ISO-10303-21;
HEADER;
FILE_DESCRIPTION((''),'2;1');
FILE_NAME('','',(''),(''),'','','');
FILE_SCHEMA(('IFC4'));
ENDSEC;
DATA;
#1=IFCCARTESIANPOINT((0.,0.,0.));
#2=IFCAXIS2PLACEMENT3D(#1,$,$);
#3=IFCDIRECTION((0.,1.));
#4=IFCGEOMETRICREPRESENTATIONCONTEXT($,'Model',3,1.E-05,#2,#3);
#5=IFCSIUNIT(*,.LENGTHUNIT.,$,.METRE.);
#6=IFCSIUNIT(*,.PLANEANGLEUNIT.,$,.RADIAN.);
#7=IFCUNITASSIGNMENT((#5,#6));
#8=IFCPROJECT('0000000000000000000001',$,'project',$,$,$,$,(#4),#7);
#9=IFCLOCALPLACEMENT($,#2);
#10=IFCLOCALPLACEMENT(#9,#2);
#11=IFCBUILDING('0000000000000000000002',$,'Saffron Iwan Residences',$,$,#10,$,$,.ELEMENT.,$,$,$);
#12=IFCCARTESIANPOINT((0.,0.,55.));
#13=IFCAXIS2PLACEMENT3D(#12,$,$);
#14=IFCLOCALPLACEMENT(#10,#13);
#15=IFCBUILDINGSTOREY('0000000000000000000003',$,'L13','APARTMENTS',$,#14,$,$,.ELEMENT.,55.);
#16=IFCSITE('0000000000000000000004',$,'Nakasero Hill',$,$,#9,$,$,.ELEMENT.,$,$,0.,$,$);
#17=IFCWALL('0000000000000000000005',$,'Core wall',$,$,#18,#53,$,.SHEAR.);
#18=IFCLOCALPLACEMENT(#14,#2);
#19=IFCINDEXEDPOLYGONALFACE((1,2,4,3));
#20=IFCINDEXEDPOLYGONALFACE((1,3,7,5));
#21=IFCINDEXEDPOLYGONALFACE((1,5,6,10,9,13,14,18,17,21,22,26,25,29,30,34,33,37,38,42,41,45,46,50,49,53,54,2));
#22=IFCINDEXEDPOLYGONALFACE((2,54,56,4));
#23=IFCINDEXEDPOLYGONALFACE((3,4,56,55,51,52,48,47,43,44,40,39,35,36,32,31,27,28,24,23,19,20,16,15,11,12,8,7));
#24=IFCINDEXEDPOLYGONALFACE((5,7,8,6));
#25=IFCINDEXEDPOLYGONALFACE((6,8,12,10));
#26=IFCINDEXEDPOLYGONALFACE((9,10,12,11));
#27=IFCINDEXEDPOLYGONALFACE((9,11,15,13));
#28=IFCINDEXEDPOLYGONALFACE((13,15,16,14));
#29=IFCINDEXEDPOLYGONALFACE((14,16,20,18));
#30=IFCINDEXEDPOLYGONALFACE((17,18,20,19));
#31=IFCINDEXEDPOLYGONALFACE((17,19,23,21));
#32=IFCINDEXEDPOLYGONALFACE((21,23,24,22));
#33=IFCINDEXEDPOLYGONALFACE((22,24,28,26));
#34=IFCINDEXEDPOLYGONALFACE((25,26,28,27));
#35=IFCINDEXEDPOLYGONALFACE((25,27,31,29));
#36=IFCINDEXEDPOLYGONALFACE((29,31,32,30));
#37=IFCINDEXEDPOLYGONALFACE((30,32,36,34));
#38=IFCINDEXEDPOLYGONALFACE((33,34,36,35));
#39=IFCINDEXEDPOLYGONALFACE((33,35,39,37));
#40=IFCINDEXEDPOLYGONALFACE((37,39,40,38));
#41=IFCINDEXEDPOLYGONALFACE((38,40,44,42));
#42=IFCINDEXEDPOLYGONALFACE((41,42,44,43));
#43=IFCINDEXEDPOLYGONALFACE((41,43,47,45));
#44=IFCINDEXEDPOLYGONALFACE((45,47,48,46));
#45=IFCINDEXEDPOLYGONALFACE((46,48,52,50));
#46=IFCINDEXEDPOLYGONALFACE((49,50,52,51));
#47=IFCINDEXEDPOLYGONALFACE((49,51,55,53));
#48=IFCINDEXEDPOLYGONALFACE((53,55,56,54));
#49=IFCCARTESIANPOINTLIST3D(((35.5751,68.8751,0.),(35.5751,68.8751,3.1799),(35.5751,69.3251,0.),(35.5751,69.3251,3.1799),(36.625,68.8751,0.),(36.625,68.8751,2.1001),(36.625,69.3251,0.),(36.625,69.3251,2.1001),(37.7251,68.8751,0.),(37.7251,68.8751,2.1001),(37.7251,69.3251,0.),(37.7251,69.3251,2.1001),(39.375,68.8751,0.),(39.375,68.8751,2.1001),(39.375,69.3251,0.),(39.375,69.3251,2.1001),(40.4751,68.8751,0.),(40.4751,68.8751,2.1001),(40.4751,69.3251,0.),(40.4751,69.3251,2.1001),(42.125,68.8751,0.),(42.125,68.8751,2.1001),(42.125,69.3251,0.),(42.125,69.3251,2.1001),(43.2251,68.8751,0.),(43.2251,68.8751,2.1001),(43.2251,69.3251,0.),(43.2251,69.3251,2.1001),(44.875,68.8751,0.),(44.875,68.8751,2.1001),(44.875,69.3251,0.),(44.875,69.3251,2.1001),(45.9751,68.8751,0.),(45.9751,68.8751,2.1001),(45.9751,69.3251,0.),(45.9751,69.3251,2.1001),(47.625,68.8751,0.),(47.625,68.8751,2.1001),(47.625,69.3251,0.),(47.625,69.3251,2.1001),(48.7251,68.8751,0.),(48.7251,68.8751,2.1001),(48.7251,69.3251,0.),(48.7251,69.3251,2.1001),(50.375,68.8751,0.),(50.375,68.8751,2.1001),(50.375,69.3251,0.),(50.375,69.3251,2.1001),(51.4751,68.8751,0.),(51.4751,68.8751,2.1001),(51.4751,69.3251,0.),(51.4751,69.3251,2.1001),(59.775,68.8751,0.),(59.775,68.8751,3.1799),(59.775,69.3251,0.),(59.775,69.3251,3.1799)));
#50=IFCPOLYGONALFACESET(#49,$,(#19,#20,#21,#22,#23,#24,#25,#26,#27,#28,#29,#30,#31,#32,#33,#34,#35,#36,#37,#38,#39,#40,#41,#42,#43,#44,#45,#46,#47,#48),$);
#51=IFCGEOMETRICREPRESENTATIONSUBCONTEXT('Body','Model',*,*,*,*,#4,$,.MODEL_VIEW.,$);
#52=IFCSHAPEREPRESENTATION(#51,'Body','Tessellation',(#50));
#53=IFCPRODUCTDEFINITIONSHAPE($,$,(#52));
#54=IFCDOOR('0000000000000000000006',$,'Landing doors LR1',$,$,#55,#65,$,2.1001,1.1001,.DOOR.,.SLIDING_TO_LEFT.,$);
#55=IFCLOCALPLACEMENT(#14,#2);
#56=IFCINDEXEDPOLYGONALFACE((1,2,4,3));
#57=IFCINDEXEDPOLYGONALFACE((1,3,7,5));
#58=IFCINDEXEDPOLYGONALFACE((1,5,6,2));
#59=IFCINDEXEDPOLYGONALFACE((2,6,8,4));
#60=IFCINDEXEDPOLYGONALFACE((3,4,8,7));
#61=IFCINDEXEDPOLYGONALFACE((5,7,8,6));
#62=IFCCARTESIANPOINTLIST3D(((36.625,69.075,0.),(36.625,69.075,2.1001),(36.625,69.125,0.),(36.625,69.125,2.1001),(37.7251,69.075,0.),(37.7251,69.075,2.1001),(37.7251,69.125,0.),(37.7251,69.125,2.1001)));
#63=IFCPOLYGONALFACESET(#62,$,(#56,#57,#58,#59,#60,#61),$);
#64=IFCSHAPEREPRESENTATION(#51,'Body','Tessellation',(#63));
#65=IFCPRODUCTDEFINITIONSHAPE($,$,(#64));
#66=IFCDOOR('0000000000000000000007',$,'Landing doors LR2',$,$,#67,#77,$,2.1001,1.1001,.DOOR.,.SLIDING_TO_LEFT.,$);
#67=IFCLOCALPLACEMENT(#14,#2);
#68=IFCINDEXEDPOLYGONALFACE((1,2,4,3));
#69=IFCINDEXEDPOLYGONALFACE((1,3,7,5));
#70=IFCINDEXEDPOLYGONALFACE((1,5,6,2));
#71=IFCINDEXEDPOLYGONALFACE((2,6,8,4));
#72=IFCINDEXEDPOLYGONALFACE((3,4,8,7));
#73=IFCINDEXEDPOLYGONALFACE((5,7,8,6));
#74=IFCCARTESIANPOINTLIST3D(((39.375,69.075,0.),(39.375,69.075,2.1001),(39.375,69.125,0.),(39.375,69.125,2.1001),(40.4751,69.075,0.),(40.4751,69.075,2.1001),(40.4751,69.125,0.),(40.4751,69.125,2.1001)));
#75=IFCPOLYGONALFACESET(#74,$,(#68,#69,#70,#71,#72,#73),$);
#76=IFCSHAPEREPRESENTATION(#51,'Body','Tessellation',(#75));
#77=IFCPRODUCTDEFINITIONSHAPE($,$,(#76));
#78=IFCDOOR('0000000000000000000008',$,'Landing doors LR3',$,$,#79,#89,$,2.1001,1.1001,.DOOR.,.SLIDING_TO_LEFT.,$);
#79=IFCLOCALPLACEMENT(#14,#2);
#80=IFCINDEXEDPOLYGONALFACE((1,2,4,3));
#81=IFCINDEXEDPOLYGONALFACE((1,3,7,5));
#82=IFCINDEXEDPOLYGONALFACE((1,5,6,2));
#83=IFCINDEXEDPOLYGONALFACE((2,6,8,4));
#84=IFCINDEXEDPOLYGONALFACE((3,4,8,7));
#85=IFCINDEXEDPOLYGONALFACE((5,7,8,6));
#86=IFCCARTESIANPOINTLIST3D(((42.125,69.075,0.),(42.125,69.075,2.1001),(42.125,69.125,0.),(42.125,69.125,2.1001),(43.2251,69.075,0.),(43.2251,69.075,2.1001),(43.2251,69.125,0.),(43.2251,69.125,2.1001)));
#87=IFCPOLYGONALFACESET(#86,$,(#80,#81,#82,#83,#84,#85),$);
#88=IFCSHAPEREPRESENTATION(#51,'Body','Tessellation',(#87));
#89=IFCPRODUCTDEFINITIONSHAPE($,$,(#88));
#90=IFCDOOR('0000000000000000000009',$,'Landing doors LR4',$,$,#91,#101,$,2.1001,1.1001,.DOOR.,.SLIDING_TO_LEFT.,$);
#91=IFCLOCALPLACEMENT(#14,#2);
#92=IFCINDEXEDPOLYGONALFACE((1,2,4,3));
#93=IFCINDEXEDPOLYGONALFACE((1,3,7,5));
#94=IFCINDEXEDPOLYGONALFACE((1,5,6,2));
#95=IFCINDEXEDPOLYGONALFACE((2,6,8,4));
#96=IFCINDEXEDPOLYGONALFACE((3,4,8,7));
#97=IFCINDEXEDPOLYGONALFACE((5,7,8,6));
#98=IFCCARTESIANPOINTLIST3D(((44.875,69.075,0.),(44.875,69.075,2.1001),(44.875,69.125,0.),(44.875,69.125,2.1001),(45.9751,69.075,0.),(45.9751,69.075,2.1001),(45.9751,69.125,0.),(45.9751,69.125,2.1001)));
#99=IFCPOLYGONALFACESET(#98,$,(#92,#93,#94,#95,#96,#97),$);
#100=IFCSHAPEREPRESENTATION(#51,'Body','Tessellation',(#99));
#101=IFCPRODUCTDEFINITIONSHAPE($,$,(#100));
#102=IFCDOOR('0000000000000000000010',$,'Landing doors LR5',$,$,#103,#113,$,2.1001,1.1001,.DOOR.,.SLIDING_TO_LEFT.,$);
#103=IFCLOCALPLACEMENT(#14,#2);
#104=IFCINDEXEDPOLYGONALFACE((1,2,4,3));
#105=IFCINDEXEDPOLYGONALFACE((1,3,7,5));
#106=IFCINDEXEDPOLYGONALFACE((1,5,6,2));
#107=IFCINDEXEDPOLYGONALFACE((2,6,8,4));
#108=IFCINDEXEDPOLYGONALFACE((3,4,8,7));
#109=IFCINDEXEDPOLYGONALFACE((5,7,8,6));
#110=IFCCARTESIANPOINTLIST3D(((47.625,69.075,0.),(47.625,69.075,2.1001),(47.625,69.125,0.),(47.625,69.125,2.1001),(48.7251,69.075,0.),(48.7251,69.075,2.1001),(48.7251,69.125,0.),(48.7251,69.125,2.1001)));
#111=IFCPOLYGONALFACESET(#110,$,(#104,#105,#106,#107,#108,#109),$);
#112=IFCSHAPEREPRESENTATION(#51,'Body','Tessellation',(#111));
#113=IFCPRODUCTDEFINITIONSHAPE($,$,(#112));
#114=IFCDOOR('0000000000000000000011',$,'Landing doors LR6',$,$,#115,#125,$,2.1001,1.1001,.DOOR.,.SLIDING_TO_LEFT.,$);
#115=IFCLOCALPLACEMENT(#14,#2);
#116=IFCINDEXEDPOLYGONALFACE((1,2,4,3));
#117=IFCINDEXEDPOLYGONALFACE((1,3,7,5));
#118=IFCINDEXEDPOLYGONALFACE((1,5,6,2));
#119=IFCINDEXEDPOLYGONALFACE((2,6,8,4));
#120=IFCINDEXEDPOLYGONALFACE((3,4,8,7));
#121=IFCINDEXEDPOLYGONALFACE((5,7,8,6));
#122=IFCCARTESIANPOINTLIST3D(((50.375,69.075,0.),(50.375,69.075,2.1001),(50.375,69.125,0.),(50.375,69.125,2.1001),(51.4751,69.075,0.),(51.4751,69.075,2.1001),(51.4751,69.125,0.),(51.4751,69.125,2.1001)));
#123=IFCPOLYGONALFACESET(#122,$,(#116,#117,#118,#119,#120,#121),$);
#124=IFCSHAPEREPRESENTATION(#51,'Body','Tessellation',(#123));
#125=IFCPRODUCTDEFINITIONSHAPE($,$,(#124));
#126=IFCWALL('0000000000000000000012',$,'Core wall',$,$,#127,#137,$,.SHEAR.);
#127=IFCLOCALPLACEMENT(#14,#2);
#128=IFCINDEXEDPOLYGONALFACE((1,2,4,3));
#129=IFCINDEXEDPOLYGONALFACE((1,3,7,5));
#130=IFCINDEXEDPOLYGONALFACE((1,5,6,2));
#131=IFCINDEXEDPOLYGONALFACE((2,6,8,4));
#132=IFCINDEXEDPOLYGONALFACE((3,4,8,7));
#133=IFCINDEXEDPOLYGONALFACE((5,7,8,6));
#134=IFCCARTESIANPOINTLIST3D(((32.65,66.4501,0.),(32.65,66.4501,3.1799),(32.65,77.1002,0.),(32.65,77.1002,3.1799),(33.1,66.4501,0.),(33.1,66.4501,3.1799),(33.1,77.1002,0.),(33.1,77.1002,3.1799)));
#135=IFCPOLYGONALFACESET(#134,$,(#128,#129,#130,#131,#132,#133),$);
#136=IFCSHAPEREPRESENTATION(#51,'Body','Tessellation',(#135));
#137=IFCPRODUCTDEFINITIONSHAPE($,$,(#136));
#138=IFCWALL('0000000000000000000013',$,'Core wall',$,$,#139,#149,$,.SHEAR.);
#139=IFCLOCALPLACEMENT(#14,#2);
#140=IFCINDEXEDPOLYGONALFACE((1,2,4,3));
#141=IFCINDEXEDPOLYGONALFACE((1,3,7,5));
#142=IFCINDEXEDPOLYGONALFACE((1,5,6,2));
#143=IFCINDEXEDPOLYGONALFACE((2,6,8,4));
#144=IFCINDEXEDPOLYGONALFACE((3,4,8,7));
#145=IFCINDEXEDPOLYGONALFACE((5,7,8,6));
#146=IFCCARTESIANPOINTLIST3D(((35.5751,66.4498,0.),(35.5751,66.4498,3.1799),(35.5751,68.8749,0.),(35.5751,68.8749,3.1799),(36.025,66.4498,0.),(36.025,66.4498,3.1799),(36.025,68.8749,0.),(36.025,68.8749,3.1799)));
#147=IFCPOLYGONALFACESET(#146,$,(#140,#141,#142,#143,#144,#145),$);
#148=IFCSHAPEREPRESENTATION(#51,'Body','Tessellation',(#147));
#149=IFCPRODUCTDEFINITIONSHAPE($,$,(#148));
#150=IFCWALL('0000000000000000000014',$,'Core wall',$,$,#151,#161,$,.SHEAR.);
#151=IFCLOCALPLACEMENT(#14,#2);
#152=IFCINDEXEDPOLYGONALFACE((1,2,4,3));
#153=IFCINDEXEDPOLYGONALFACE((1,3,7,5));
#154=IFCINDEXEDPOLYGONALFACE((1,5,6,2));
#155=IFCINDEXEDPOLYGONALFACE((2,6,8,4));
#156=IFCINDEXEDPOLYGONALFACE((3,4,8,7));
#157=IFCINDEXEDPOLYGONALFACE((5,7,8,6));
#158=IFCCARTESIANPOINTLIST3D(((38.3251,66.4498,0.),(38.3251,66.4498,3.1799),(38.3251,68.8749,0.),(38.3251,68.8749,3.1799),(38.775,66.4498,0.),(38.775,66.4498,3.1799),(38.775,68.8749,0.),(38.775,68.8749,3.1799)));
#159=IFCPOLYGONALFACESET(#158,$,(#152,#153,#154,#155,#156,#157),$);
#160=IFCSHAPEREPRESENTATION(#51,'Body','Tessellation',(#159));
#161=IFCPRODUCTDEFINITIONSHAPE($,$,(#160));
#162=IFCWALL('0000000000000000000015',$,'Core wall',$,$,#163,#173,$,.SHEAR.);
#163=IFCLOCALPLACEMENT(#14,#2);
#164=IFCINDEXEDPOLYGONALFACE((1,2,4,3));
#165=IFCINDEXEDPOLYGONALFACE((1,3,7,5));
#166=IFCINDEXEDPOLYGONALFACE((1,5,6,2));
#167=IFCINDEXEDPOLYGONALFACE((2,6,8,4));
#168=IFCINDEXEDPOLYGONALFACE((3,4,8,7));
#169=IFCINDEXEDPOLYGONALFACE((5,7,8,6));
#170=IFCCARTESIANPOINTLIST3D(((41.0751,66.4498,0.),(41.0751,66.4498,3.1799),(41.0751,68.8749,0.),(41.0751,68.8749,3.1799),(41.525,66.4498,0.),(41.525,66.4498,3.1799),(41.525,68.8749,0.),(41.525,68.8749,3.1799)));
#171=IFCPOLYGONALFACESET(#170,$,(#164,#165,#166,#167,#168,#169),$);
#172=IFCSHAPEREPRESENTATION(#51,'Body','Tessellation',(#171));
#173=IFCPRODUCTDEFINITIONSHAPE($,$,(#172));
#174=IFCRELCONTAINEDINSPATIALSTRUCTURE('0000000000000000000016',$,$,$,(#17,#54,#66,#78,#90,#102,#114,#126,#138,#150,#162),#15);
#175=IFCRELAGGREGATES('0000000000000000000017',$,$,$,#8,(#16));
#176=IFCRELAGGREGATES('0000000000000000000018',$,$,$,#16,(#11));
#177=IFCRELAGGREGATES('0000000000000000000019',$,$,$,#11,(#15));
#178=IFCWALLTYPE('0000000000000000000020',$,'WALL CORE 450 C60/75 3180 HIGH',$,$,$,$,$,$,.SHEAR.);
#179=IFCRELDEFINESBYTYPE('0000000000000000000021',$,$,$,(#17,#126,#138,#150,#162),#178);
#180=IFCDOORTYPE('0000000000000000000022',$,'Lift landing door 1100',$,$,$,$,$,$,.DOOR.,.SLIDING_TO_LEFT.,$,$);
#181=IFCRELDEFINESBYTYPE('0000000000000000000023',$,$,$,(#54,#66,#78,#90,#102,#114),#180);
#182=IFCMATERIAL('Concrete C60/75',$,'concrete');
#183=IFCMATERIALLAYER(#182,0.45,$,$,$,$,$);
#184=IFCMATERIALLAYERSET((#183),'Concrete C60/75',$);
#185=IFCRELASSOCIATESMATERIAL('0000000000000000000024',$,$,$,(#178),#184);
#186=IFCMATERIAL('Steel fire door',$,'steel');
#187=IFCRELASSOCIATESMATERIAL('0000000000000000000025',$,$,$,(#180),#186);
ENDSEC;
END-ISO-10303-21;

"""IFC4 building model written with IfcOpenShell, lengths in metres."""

from ifc_helpers import new_model, si_unit, direction, frame, frame_2d, origin, place, context, subcontext, project, spatial, rectangle, extrude, material, layer, layer_set, type_object, element, fill, save


model = new_model("IFC4")

# Units and contexts
model_context = context("Model", 3, precision=1e-05, world=origin(), true_north=direction((0.0, 1.0)))
body_context = subcontext(model_context, "Body", "Model", "MODEL_VIEW")
ifc_project = project(units=[si_unit("LENGTHUNIT", "METRE"), si_unit("PLANEANGLEUNIT", "RADIAN")], contexts=[model_context])

# Site, building, storey
site_placement = place(None, origin())
site = spatial("IfcSite", under=ifc_project, at=site_placement, Name="Nakasero Hill", CompositionType="ELEMENT", RefElevation=0.0)
building_placement = place(site_placement, origin())
building = spatial("IfcBuilding", under=site, at=building_placement, Name="Saffron Iwan Residences", CompositionType="ELEMENT")
storey_placement = place(building_placement, frame((0.0, 0.0, 55.0)))
storey = spatial("IfcBuildingStorey", under=building, at=storey_placement, Name="L13", Description="APARTMENTS", CompositionType="ELEMENT", Elevation=55.0)

# Wall, openings, doors
ifc_material_1 = material(Name="Concrete C60/75", Category="concrete")
ifc_layer_1 = layer(ifc_material_1, 0.45)
ifc_layer_set_1 = layer_set([ifc_layer_1], Name="Concrete C60/75")
wall_type_1 = type_object("IfcWallType", Name="WALL CORE 450 C60/75 3180 HIGH", PredefinedType="SHEAR", material=ifc_layer_set_1)
ifc_material_2 = material(Name="Steel fire door", Category="steel")
wall_1_placement = place(storey_placement, frame((35.575, 69.1001, 0.0), z_axis=(0.0, 0.0, 1.0), x_axis=(1.0, 0.0, 0.0)))
wall_1 = element("IfcWall", 1, at=wall_1_placement, inside=storey, type_object=wall_type_1, Name="Core wall", PredefinedType="SHEAR", context=body_context, shape_type="SweptSolid", body=[
    extrude(rectangle(XDim=24.2, YDim=0.45, at=frame_2d((12.1001, 0.0))), origin(), (0.0, 0.0, 1.0), 3.1799),
])
opening_1_placement = place(wall_1_placement, frame((1.05, 0.0, 0.0)))
opening_1 = element("IfcOpeningElement", 2, at=opening_1_placement, cuts=wall_1, PredefinedType="OPENING", context=body_context, shape_type="SweptSolid", body=[
    extrude(rectangle(XDim=1.1001, YDim=2.1001, at=frame_2d((0.55, 1.05))), frame((0.0, 0.2349, 0.0), z_axis=(0.0, -1.0, 0.0), x_axis=(1.0, 0.0, 0.0)), (0.0, 0.0, 1.0), 0.47),
])
opening_2_placement = place(wall_1_placement, frame((3.8, 0.0, 0.0)))
opening_2 = element("IfcOpeningElement", 3, at=opening_2_placement, cuts=wall_1, PredefinedType="OPENING", context=body_context, shape_type="SweptSolid", body=[
    extrude(rectangle(XDim=1.1001, YDim=2.1001, at=frame_2d((0.55, 1.05))), frame((0.0, 0.2349, 0.0), z_axis=(0.0, -1.0, 0.0), x_axis=(1.0, 0.0, 0.0)), (0.0, 0.0, 1.0), 0.47),
])
opening_3_placement = place(wall_1_placement, frame((6.55, 0.0, 0.0)))
opening_3 = element("IfcOpeningElement", 4, at=opening_3_placement, cuts=wall_1, PredefinedType="OPENING", context=body_context, shape_type="SweptSolid", body=[
    extrude(rectangle(XDim=1.1001, YDim=2.1001, at=frame_2d((0.55, 1.05))), frame((0.0, 0.2349, 0.0), z_axis=(0.0, -1.0, 0.0), x_axis=(1.0, 0.0, 0.0)), (0.0, 0.0, 1.0), 0.47),
])
opening_4_placement = place(wall_1_placement, frame((9.3, 0.0, 0.0)))
opening_4 = element("IfcOpeningElement", 5, at=opening_4_placement, cuts=wall_1, PredefinedType="OPENING", context=body_context, shape_type="SweptSolid", body=[
    extrude(rectangle(XDim=1.1001, YDim=2.1001, at=frame_2d((0.55, 1.05))), frame((0.0, 0.2349, 0.0), z_axis=(0.0, -1.0, 0.0), x_axis=(1.0, 0.0, 0.0)), (0.0, 0.0, 1.0), 0.47),
])
opening_5_placement = place(wall_1_placement, frame((12.05, 0.0, 0.0)))
opening_5 = element("IfcOpeningElement", 6, at=opening_5_placement, cuts=wall_1, PredefinedType="OPENING", context=body_context, shape_type="SweptSolid", body=[
    extrude(rectangle(XDim=1.1001, YDim=2.1001, at=frame_2d((0.55, 1.05))), frame((0.0, 0.2349, 0.0), z_axis=(0.0, -1.0, 0.0), x_axis=(1.0, 0.0, 0.0)), (0.0, 0.0, 1.0), 0.47),
])
opening_6_placement = place(wall_1_placement, frame((14.8, 0.0, 0.0)))
opening_6 = element("IfcOpeningElement", 7, at=opening_6_placement, cuts=wall_1, PredefinedType="OPENING", context=body_context, shape_type="SweptSolid", body=[
    extrude(rectangle(XDim=1.1001, YDim=2.1001, at=frame_2d((0.55, 1.05))), frame((0.0, 0.2349, 0.0), z_axis=(0.0, -1.0, 0.0), x_axis=(1.0, 0.0, 0.0)), (0.0, 0.0, 1.0), 0.47),
])
door_type_1 = type_object("IfcDoorType", Name="Lift landing door 1100", OperationType="SLIDING_TO_LEFT", PredefinedType="DOOR", material=ifc_material_2)
door_1_placement = place(opening_1_placement, origin())
door_1 = element("IfcDoor", 8, at=door_1_placement, inside=storey, type_object=door_type_1, Name="Landing doors LR1", OperationType="SLIDING_TO_LEFT", OverallHeight=2.1001, OverallWidth=1.1001, PredefinedType="DOOR", context=body_context, shape_type="SweptSolid", body=[
    extrude(rectangle(XDim=1.1001, YDim=2.1001, at=frame_2d((0.55, 1.05))), frame((0.0, 0.0249, 0.0), z_axis=(0.0, -1.0, 0.0), x_axis=(1.0, 0.0, 0.0)), (0.0, 0.0, 1.0), 0.05),
])
fill(opening_1, door_1)
door_2_placement = place(opening_2_placement, origin())
door_2 = element("IfcDoor", 9, at=door_2_placement, inside=storey, type_object=door_type_1, Name="Landing doors LR2", OperationType="SLIDING_TO_LEFT", OverallHeight=2.1001, OverallWidth=1.1001, PredefinedType="DOOR", context=body_context, shape_type="SweptSolid", body=[
    extrude(rectangle(XDim=1.1001, YDim=2.1001, at=frame_2d((0.55, 1.05))), frame((0.0, 0.0249, 0.0), z_axis=(0.0, -1.0, 0.0), x_axis=(1.0, 0.0, 0.0)), (0.0, 0.0, 1.0), 0.05),
])
fill(opening_2, door_2)
door_3_placement = place(opening_3_placement, origin())
door_3 = element("IfcDoor", 10, at=door_3_placement, inside=storey, type_object=door_type_1, Name="Landing doors LR3", OperationType="SLIDING_TO_LEFT", OverallHeight=2.1001, OverallWidth=1.1001, PredefinedType="DOOR", context=body_context, shape_type="SweptSolid", body=[
    extrude(rectangle(XDim=1.1001, YDim=2.1001, at=frame_2d((0.55, 1.05))), frame((0.0, 0.0249, 0.0), z_axis=(0.0, -1.0, 0.0), x_axis=(1.0, 0.0, 0.0)), (0.0, 0.0, 1.0), 0.05),
])
fill(opening_3, door_3)
door_4_placement = place(opening_4_placement, origin())
door_4 = element("IfcDoor", 11, at=door_4_placement, inside=storey, type_object=door_type_1, Name="Landing doors LR4", OperationType="SLIDING_TO_LEFT", OverallHeight=2.1001, OverallWidth=1.1001, PredefinedType="DOOR", context=body_context, shape_type="SweptSolid", body=[
    extrude(rectangle(XDim=1.1001, YDim=2.1001, at=frame_2d((0.55, 1.05))), frame((0.0, 0.0249, 0.0), z_axis=(0.0, -1.0, 0.0), x_axis=(1.0, 0.0, 0.0)), (0.0, 0.0, 1.0), 0.05),
])
fill(opening_4, door_4)
door_5_placement = place(opening_5_placement, origin())
door_5 = element("IfcDoor", 12, at=door_5_placement, inside=storey, type_object=door_type_1, Name="Landing doors LR5", OperationType="SLIDING_TO_LEFT", OverallHeight=2.1001, OverallWidth=1.1001, PredefinedType="DOOR", context=body_context, shape_type="SweptSolid", body=[
    extrude(rectangle(XDim=1.1001, YDim=2.1001, at=frame_2d((0.55, 1.05))), frame((0.0, 0.0249, 0.0), z_axis=(0.0, -1.0, 0.0), x_axis=(1.0, 0.0, 0.0)), (0.0, 0.0, 1.0), 0.05),
])
fill(opening_5, door_5)
door_6_placement = place(opening_6_placement, origin())
door_6 = element("IfcDoor", 13, at=door_6_placement, inside=storey, type_object=door_type_1, Name="Landing doors LR6", OperationType="SLIDING_TO_LEFT", OverallHeight=2.1001, OverallWidth=1.1001, PredefinedType="DOOR", context=body_context, shape_type="SweptSolid", body=[
    extrude(rectangle(XDim=1.1001, YDim=2.1001, at=frame_2d((0.55, 1.05))), frame((0.0, 0.0249, 0.0), z_axis=(0.0, -1.0, 0.0), x_axis=(1.0, 0.0, 0.0)), (0.0, 0.0, 1.0), 0.05),
])
fill(opening_6, door_6)

# Walls
wall_2_placement = place(storey_placement, frame((32.875, 66.45, 0.0), z_axis=(0.0, 0.0, 1.0), x_axis=(0.0, 1.0, 0.0)))
element("IfcWall", 14, at=wall_2_placement, inside=storey, type_object=wall_type_1, Name="Core wall", PredefinedType="SHEAR", context=body_context, shape_type="SweptSolid", body=[
    extrude(rectangle(XDim=10.6501, YDim=0.45, at=frame_2d((5.3252, 0.0))), origin(), (0.0, 0.0, 1.0), 3.1799),
])
for number, where, z_axis, x_axis, name in (
    (15, (35.8, 66.45, 0.0), (0.0, 0.0, 1.0), (0.0, 1.0, 0.0), "Core wall"),
    (16, (38.55, 66.45, 0.0), (0.0, 0.0, 1.0), (0.0, 1.0, 0.0), "Core wall"),
    (17, (41.3, 66.45, 0.0), (0.0, 0.0, 1.0), (0.0, 1.0, 0.0), "Core wall"),
):
    element("IfcWall", number, at=place(storey_placement, frame(where, z_axis=z_axis, x_axis=x_axis)), inside=storey, type_object=wall_type_1, Name=name, PredefinedType="SHEAR", context=body_context, shape_type="SweptSolid", body=[
        extrude(rectangle(XDim=2.425, YDim=0.45, at=frame_2d((1.2124, 0.0))), origin(), (0.0, 0.0, 1.0), 3.1799),
    ])

save(model, "model.ifc")
